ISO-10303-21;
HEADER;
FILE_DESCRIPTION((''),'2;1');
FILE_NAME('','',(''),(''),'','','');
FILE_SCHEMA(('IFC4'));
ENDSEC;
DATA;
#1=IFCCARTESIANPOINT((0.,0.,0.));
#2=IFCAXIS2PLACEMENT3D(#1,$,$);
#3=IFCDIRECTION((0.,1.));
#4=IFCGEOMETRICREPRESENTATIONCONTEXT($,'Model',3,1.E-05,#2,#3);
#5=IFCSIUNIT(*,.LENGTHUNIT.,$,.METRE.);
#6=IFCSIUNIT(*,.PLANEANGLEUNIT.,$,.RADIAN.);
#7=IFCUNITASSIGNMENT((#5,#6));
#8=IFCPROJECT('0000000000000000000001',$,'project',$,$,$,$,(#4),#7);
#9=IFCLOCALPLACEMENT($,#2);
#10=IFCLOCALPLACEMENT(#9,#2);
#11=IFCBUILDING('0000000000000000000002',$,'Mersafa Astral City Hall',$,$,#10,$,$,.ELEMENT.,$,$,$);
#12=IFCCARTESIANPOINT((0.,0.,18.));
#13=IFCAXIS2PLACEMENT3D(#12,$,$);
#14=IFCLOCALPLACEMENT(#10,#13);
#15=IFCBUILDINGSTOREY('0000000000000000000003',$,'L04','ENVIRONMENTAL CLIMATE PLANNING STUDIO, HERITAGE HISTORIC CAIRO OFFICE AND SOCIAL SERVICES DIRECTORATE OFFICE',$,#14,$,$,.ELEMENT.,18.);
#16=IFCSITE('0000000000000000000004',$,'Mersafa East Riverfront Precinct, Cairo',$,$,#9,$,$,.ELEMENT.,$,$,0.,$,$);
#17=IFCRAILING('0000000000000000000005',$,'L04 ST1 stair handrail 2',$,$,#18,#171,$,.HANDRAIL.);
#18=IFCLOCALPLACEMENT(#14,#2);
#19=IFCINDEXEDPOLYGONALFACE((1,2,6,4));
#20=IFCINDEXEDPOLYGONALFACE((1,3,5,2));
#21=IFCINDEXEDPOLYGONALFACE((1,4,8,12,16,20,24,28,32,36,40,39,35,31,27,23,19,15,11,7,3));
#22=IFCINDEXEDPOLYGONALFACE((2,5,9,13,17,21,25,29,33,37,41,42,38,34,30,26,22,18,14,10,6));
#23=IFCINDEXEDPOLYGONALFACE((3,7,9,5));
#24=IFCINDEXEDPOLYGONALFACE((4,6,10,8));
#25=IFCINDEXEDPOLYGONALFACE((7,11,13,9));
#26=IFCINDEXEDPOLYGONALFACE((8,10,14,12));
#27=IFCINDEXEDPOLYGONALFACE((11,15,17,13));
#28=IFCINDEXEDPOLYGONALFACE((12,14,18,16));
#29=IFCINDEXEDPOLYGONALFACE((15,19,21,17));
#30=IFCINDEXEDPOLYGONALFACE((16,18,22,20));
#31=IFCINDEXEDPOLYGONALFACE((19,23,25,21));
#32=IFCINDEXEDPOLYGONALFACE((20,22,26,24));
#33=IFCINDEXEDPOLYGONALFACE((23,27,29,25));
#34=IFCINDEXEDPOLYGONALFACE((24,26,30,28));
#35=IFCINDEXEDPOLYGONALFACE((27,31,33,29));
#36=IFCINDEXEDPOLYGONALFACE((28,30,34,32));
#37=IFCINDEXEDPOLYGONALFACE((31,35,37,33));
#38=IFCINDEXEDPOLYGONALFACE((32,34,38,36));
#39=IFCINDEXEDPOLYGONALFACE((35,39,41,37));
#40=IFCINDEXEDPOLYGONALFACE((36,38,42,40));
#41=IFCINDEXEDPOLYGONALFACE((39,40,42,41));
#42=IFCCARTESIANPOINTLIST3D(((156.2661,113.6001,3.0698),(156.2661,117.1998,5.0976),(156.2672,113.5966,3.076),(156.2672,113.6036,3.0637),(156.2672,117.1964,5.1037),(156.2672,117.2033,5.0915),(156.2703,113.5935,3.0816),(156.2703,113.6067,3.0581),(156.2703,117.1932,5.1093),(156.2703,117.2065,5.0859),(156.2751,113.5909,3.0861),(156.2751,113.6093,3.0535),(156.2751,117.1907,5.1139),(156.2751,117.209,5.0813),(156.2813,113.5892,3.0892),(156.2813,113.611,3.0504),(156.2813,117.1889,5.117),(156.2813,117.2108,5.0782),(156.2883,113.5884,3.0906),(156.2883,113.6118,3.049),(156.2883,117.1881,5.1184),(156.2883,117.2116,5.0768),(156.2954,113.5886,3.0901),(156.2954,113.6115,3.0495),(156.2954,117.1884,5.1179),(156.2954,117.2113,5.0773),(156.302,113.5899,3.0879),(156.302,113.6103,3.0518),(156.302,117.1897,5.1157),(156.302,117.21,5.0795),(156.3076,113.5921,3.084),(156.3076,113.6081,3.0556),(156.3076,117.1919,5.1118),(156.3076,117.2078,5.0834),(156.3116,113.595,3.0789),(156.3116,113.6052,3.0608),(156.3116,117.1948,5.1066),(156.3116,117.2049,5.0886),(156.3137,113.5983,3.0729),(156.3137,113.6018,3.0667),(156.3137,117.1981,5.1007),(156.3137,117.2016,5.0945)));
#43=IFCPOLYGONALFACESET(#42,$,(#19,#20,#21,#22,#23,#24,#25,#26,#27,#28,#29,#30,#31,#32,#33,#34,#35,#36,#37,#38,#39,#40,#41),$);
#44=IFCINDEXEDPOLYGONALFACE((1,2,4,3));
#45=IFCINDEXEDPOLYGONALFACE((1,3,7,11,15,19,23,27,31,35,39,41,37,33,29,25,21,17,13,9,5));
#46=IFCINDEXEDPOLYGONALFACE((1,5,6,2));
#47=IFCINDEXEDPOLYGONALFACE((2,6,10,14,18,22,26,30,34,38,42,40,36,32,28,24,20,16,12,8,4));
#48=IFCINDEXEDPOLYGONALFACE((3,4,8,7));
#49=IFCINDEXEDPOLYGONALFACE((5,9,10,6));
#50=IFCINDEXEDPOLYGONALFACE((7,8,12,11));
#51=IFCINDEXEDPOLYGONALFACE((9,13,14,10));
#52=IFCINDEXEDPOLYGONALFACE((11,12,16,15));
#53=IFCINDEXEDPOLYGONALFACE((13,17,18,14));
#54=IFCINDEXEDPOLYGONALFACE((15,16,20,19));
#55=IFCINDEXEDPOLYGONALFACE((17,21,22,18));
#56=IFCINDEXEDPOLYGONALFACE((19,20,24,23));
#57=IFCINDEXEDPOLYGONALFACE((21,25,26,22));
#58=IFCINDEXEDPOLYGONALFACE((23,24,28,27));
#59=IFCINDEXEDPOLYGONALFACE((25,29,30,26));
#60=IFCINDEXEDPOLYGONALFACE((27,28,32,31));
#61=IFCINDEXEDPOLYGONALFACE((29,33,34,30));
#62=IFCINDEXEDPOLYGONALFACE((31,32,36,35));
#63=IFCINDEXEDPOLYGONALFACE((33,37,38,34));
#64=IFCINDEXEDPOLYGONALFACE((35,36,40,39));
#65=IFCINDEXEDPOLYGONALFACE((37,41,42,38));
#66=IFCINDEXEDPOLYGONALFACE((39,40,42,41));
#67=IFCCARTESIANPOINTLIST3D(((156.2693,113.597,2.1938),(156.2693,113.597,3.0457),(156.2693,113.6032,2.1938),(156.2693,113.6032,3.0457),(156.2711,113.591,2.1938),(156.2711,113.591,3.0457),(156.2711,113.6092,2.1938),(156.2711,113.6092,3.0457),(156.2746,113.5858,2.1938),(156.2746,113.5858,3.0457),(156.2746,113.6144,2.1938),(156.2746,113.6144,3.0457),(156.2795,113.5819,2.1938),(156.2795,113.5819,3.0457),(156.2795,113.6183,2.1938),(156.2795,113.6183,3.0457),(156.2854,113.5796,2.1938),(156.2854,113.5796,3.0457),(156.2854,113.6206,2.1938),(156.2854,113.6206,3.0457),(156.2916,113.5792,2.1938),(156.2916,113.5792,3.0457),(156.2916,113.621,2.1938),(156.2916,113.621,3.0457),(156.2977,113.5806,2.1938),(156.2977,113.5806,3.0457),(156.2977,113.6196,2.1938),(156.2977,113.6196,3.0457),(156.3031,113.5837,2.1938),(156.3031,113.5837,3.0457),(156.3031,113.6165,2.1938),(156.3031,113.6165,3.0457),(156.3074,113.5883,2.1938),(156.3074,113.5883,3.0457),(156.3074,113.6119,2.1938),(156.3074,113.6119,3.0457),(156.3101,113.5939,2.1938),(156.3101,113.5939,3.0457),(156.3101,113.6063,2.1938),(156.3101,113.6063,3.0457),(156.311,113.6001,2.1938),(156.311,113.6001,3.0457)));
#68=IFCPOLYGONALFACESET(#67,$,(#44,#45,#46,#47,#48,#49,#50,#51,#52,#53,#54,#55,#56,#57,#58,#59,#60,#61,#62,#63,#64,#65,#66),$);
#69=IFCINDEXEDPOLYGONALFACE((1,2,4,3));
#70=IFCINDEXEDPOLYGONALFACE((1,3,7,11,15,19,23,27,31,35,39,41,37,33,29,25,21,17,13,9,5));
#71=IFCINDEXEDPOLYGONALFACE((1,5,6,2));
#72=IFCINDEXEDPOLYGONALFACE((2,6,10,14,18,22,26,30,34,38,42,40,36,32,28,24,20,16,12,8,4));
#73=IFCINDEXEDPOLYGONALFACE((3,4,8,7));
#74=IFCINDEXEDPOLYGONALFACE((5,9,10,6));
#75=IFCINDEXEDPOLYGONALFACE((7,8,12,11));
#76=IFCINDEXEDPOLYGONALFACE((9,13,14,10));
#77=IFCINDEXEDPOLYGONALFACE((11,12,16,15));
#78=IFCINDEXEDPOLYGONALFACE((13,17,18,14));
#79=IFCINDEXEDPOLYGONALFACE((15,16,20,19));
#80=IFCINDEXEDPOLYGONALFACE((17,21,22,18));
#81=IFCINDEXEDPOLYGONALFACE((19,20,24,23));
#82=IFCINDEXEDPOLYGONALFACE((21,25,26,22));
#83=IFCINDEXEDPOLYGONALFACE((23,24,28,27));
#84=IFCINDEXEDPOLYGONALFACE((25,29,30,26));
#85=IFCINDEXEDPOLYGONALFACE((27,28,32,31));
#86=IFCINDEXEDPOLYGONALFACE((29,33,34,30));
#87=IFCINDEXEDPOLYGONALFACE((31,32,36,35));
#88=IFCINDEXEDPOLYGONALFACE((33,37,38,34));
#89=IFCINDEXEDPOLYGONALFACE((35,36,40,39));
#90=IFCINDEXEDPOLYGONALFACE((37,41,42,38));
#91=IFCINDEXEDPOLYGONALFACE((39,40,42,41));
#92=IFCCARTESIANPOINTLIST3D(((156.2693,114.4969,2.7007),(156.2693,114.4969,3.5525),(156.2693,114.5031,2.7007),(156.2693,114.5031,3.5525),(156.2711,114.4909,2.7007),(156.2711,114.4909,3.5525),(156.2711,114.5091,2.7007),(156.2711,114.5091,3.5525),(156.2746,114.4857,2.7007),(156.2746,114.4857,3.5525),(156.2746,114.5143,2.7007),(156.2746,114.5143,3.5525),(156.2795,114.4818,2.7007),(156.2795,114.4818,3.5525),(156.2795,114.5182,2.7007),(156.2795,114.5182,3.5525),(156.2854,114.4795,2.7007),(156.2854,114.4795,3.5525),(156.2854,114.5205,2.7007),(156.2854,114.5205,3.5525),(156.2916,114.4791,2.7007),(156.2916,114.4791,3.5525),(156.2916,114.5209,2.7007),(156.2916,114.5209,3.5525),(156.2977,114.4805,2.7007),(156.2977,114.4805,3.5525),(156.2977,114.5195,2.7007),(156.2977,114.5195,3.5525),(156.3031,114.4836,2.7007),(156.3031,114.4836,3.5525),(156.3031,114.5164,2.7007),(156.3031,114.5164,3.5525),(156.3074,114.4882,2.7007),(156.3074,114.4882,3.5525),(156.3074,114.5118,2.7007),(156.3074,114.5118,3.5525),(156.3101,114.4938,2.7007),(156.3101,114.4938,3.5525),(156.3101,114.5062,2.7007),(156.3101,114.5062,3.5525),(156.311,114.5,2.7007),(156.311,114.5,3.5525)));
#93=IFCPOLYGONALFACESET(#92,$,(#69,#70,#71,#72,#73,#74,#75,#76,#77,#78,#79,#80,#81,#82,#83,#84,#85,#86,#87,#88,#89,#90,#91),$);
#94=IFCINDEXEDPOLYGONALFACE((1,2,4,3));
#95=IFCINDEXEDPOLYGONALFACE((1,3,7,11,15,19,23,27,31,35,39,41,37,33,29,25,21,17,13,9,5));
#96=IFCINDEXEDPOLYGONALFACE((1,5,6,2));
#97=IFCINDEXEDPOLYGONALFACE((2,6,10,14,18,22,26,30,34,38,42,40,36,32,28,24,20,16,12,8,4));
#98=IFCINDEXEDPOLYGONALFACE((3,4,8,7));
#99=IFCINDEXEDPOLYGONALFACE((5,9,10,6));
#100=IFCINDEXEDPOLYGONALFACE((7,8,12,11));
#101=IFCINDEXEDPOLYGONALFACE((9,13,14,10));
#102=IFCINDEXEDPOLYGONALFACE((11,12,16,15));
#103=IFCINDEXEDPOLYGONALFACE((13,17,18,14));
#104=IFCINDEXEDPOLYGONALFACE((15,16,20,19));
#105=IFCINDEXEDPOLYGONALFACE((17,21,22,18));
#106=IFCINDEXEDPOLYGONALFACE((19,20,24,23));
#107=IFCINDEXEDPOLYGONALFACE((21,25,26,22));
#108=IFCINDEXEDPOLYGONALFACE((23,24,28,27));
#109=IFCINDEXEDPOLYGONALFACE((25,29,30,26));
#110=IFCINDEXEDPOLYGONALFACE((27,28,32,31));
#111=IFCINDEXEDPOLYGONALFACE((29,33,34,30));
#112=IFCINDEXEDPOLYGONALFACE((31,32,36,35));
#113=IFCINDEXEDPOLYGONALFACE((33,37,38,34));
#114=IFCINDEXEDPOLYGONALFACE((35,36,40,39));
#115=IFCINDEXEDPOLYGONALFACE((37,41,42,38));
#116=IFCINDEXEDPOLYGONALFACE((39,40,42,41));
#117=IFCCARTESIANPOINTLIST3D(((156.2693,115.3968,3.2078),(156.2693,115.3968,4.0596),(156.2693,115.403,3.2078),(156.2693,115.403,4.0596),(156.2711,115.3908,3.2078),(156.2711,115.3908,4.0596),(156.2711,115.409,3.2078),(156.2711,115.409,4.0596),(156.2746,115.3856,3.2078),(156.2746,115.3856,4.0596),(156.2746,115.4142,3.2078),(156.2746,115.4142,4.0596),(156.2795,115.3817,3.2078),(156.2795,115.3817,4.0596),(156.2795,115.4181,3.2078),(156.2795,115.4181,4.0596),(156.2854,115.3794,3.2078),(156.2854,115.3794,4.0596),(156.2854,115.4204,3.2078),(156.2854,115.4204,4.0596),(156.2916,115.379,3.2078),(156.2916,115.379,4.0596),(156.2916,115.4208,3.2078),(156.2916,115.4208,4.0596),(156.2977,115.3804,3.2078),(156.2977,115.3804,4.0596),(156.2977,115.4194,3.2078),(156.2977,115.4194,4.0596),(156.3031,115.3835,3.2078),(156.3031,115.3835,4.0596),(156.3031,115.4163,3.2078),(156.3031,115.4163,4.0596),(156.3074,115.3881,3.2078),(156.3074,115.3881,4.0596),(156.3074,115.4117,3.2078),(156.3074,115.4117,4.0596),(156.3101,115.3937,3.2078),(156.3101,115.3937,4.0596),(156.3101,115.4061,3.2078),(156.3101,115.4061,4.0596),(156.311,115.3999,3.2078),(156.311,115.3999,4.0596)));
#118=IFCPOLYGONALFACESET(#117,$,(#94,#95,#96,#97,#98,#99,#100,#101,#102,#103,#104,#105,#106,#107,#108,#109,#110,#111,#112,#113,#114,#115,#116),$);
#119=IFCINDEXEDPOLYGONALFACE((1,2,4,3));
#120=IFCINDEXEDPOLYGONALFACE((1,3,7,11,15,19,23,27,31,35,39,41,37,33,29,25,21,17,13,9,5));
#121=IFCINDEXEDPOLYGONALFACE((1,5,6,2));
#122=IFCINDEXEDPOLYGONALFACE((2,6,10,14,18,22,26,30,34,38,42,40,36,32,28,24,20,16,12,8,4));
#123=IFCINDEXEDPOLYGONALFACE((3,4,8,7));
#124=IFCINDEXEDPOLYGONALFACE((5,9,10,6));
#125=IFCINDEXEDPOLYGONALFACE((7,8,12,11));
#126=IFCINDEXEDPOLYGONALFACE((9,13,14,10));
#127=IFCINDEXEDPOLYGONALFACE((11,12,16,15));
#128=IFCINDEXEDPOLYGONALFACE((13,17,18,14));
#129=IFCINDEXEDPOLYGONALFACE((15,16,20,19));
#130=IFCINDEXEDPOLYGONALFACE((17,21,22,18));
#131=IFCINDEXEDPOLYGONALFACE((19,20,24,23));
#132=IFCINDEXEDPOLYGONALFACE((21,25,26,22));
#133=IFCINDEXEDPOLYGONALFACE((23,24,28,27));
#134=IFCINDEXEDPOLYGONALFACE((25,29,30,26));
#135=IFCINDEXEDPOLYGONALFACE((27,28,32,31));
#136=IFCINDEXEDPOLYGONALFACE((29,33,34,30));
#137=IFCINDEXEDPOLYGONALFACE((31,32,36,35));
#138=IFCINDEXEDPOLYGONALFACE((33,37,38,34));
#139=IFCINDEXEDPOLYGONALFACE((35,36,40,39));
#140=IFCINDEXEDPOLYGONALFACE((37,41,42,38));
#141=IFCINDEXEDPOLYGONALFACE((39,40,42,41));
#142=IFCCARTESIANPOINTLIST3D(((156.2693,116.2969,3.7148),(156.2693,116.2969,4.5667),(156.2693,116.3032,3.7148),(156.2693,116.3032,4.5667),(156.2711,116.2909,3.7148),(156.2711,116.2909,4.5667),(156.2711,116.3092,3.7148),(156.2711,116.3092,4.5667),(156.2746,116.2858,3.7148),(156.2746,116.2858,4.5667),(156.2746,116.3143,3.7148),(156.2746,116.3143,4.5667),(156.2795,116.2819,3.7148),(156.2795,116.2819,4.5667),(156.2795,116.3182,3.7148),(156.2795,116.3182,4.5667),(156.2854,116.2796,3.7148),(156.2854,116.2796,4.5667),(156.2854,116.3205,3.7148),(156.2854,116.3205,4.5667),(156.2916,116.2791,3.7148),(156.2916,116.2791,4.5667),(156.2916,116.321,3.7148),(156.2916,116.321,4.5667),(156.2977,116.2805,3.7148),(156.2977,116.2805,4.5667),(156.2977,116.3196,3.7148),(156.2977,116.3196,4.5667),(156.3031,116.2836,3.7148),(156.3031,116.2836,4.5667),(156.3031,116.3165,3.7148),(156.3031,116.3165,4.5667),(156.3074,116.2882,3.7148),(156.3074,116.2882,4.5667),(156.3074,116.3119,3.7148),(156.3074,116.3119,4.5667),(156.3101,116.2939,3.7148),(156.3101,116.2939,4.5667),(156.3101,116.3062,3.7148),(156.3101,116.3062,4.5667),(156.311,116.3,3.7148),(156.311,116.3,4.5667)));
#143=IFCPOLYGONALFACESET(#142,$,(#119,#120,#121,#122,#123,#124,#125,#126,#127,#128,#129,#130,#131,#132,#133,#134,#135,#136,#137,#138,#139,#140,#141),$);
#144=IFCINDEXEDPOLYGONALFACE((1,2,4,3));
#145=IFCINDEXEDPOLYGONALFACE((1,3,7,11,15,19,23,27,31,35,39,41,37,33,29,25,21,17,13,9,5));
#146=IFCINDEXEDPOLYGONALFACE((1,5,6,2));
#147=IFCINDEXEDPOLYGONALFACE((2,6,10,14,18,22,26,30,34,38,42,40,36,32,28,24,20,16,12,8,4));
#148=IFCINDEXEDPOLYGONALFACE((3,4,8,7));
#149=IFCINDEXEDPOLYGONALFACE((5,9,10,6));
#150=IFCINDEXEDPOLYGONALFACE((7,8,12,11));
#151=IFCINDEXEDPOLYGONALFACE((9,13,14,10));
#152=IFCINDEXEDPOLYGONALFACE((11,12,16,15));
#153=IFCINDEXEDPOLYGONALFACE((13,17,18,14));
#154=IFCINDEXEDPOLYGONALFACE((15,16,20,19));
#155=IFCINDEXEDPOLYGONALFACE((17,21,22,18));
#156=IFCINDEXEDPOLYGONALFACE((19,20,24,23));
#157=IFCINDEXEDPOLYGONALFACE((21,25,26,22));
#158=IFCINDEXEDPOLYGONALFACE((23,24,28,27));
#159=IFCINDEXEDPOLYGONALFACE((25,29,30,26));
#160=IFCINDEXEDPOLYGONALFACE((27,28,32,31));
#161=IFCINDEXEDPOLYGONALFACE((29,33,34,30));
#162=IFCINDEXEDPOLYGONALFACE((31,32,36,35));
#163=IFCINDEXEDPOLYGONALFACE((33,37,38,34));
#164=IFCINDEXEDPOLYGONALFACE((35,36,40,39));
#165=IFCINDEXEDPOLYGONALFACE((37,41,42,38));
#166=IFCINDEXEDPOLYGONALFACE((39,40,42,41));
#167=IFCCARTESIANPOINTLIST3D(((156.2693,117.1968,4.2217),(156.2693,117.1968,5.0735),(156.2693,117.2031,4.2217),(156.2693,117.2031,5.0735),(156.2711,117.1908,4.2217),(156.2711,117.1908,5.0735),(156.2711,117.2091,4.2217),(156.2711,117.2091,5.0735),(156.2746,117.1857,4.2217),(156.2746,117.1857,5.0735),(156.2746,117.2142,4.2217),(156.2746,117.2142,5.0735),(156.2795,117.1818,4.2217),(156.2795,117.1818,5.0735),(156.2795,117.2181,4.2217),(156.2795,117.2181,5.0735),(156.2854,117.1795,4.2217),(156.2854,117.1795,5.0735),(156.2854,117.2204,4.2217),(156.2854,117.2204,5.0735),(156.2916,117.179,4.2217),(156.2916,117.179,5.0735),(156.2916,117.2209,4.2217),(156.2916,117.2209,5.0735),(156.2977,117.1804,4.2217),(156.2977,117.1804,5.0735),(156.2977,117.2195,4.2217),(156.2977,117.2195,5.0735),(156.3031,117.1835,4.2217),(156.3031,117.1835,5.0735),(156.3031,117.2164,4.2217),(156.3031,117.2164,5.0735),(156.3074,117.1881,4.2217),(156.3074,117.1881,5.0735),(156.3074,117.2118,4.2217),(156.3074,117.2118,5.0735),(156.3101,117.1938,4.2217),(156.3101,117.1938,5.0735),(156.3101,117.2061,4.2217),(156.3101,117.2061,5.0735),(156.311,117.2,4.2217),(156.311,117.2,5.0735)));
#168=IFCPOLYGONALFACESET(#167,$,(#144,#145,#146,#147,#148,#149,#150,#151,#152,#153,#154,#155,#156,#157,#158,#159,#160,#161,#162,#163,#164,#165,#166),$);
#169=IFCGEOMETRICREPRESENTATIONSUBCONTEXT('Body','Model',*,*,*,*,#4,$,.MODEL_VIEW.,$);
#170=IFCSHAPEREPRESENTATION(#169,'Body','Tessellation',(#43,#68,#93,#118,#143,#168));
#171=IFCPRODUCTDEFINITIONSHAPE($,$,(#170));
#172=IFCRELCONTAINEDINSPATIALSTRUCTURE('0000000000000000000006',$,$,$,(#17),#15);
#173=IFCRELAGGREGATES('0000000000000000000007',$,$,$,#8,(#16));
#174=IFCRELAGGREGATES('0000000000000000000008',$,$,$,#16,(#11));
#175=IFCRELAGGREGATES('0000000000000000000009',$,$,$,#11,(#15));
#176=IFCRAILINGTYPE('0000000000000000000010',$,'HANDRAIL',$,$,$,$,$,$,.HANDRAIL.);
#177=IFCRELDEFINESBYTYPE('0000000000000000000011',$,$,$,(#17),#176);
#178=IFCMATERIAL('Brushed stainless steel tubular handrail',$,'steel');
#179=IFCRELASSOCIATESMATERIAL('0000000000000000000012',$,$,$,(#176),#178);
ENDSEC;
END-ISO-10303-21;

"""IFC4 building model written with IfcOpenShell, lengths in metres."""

from ifc_helpers import new_model, si_unit, direction, frame, origin, origin_2d, place, context, subcontext, project, spatial, circle, extrude, material, type_object, element, save


model = new_model("IFC4")

# Units and contexts
model_context = context("Model", 3, precision=1e-05, world=origin(), true_north=direction((0.0, 1.0)))
body_context = subcontext(model_context, "Body", "Model", "MODEL_VIEW")
ifc_project = project(units=[si_unit("LENGTHUNIT", "METRE"), si_unit("PLANEANGLEUNIT", "RADIAN")], contexts=[model_context])

# Site, building, storey
site_placement = place(None, origin())
site = spatial("IfcSite", under=ifc_project, at=site_placement, Name="Mersafa East Riverfront Precinct, Cairo", CompositionType="ELEMENT", RefElevation=0.0)
building_placement = place(site_placement, origin())
building = spatial("IfcBuilding", under=site, at=building_placement, Name="Mersafa Astral City Hall", CompositionType="ELEMENT")
storey_placement = place(building_placement, frame((0.0, 0.0, 18.0)))
storey = spatial("IfcBuildingStorey", under=building, at=storey_placement, Name="L04", Description="ENVIRONMENTAL CLIMATE PLANNING STUDIO, HERITAGE HISTORIC CAIRO OFFICE AND SOCIAL SERVICES DIRECTORATE OFFICE", CompositionType="ELEMENT", Elevation=18.0)

# Railing
ifc_material_1 = material(Name="Brushed stainless steel tubular handrail", Category="steel")
railing_type_1 = type_object("IfcRailingType", Name="HANDRAIL", PredefinedType="HANDRAIL", material=ifc_material_1)
railing_1_placement = place(storey_placement, frame((156.29, 113.6001, 2.1938)))
element("IfcRailing", 1, at=railing_1_placement, inside=storey, type_object=railing_type_1, Name="L04 ST1 stair handrail 2", PredefinedType="HANDRAIL", context=body_context, shape_type="SweptSolid", body=[
    extrude(circle(Radius=0.0239, at=origin_2d()), frame((0.0, 0.0, 0.876), z_axis=(0.0, 0.871274, 0.490797), x_axis=(-1.0, 0.0, 0.0)), (0.0, 0.0, 1.0), 4.1316),
    extrude(circle(Radius=0.021, at=origin_2d()), origin(), (0.0, 0.0, 1.0), 0.8518),
    extrude(circle(Radius=0.021, at=origin_2d()), frame((0.0, 0.8999, 0.5068)), (0.0, 0.0, 1.0), 0.8518),
    extrude(circle(Radius=0.021, at=origin_2d()), frame((0.0, 1.7998, 1.0139)), (0.0, 0.0, 1.0), 0.8518),
    extrude(circle(Radius=0.021, at=origin_2d()), frame((0.0, 2.7, 1.521)), (0.0, 0.0, 1.0), 0.8518),
    extrude(circle(Radius=0.021, at=origin_2d()), frame((0.0, 3.5999, 2.0278)), (0.0, 0.0, 1.0), 0.8518),
])

save(model, "model.ifc")
